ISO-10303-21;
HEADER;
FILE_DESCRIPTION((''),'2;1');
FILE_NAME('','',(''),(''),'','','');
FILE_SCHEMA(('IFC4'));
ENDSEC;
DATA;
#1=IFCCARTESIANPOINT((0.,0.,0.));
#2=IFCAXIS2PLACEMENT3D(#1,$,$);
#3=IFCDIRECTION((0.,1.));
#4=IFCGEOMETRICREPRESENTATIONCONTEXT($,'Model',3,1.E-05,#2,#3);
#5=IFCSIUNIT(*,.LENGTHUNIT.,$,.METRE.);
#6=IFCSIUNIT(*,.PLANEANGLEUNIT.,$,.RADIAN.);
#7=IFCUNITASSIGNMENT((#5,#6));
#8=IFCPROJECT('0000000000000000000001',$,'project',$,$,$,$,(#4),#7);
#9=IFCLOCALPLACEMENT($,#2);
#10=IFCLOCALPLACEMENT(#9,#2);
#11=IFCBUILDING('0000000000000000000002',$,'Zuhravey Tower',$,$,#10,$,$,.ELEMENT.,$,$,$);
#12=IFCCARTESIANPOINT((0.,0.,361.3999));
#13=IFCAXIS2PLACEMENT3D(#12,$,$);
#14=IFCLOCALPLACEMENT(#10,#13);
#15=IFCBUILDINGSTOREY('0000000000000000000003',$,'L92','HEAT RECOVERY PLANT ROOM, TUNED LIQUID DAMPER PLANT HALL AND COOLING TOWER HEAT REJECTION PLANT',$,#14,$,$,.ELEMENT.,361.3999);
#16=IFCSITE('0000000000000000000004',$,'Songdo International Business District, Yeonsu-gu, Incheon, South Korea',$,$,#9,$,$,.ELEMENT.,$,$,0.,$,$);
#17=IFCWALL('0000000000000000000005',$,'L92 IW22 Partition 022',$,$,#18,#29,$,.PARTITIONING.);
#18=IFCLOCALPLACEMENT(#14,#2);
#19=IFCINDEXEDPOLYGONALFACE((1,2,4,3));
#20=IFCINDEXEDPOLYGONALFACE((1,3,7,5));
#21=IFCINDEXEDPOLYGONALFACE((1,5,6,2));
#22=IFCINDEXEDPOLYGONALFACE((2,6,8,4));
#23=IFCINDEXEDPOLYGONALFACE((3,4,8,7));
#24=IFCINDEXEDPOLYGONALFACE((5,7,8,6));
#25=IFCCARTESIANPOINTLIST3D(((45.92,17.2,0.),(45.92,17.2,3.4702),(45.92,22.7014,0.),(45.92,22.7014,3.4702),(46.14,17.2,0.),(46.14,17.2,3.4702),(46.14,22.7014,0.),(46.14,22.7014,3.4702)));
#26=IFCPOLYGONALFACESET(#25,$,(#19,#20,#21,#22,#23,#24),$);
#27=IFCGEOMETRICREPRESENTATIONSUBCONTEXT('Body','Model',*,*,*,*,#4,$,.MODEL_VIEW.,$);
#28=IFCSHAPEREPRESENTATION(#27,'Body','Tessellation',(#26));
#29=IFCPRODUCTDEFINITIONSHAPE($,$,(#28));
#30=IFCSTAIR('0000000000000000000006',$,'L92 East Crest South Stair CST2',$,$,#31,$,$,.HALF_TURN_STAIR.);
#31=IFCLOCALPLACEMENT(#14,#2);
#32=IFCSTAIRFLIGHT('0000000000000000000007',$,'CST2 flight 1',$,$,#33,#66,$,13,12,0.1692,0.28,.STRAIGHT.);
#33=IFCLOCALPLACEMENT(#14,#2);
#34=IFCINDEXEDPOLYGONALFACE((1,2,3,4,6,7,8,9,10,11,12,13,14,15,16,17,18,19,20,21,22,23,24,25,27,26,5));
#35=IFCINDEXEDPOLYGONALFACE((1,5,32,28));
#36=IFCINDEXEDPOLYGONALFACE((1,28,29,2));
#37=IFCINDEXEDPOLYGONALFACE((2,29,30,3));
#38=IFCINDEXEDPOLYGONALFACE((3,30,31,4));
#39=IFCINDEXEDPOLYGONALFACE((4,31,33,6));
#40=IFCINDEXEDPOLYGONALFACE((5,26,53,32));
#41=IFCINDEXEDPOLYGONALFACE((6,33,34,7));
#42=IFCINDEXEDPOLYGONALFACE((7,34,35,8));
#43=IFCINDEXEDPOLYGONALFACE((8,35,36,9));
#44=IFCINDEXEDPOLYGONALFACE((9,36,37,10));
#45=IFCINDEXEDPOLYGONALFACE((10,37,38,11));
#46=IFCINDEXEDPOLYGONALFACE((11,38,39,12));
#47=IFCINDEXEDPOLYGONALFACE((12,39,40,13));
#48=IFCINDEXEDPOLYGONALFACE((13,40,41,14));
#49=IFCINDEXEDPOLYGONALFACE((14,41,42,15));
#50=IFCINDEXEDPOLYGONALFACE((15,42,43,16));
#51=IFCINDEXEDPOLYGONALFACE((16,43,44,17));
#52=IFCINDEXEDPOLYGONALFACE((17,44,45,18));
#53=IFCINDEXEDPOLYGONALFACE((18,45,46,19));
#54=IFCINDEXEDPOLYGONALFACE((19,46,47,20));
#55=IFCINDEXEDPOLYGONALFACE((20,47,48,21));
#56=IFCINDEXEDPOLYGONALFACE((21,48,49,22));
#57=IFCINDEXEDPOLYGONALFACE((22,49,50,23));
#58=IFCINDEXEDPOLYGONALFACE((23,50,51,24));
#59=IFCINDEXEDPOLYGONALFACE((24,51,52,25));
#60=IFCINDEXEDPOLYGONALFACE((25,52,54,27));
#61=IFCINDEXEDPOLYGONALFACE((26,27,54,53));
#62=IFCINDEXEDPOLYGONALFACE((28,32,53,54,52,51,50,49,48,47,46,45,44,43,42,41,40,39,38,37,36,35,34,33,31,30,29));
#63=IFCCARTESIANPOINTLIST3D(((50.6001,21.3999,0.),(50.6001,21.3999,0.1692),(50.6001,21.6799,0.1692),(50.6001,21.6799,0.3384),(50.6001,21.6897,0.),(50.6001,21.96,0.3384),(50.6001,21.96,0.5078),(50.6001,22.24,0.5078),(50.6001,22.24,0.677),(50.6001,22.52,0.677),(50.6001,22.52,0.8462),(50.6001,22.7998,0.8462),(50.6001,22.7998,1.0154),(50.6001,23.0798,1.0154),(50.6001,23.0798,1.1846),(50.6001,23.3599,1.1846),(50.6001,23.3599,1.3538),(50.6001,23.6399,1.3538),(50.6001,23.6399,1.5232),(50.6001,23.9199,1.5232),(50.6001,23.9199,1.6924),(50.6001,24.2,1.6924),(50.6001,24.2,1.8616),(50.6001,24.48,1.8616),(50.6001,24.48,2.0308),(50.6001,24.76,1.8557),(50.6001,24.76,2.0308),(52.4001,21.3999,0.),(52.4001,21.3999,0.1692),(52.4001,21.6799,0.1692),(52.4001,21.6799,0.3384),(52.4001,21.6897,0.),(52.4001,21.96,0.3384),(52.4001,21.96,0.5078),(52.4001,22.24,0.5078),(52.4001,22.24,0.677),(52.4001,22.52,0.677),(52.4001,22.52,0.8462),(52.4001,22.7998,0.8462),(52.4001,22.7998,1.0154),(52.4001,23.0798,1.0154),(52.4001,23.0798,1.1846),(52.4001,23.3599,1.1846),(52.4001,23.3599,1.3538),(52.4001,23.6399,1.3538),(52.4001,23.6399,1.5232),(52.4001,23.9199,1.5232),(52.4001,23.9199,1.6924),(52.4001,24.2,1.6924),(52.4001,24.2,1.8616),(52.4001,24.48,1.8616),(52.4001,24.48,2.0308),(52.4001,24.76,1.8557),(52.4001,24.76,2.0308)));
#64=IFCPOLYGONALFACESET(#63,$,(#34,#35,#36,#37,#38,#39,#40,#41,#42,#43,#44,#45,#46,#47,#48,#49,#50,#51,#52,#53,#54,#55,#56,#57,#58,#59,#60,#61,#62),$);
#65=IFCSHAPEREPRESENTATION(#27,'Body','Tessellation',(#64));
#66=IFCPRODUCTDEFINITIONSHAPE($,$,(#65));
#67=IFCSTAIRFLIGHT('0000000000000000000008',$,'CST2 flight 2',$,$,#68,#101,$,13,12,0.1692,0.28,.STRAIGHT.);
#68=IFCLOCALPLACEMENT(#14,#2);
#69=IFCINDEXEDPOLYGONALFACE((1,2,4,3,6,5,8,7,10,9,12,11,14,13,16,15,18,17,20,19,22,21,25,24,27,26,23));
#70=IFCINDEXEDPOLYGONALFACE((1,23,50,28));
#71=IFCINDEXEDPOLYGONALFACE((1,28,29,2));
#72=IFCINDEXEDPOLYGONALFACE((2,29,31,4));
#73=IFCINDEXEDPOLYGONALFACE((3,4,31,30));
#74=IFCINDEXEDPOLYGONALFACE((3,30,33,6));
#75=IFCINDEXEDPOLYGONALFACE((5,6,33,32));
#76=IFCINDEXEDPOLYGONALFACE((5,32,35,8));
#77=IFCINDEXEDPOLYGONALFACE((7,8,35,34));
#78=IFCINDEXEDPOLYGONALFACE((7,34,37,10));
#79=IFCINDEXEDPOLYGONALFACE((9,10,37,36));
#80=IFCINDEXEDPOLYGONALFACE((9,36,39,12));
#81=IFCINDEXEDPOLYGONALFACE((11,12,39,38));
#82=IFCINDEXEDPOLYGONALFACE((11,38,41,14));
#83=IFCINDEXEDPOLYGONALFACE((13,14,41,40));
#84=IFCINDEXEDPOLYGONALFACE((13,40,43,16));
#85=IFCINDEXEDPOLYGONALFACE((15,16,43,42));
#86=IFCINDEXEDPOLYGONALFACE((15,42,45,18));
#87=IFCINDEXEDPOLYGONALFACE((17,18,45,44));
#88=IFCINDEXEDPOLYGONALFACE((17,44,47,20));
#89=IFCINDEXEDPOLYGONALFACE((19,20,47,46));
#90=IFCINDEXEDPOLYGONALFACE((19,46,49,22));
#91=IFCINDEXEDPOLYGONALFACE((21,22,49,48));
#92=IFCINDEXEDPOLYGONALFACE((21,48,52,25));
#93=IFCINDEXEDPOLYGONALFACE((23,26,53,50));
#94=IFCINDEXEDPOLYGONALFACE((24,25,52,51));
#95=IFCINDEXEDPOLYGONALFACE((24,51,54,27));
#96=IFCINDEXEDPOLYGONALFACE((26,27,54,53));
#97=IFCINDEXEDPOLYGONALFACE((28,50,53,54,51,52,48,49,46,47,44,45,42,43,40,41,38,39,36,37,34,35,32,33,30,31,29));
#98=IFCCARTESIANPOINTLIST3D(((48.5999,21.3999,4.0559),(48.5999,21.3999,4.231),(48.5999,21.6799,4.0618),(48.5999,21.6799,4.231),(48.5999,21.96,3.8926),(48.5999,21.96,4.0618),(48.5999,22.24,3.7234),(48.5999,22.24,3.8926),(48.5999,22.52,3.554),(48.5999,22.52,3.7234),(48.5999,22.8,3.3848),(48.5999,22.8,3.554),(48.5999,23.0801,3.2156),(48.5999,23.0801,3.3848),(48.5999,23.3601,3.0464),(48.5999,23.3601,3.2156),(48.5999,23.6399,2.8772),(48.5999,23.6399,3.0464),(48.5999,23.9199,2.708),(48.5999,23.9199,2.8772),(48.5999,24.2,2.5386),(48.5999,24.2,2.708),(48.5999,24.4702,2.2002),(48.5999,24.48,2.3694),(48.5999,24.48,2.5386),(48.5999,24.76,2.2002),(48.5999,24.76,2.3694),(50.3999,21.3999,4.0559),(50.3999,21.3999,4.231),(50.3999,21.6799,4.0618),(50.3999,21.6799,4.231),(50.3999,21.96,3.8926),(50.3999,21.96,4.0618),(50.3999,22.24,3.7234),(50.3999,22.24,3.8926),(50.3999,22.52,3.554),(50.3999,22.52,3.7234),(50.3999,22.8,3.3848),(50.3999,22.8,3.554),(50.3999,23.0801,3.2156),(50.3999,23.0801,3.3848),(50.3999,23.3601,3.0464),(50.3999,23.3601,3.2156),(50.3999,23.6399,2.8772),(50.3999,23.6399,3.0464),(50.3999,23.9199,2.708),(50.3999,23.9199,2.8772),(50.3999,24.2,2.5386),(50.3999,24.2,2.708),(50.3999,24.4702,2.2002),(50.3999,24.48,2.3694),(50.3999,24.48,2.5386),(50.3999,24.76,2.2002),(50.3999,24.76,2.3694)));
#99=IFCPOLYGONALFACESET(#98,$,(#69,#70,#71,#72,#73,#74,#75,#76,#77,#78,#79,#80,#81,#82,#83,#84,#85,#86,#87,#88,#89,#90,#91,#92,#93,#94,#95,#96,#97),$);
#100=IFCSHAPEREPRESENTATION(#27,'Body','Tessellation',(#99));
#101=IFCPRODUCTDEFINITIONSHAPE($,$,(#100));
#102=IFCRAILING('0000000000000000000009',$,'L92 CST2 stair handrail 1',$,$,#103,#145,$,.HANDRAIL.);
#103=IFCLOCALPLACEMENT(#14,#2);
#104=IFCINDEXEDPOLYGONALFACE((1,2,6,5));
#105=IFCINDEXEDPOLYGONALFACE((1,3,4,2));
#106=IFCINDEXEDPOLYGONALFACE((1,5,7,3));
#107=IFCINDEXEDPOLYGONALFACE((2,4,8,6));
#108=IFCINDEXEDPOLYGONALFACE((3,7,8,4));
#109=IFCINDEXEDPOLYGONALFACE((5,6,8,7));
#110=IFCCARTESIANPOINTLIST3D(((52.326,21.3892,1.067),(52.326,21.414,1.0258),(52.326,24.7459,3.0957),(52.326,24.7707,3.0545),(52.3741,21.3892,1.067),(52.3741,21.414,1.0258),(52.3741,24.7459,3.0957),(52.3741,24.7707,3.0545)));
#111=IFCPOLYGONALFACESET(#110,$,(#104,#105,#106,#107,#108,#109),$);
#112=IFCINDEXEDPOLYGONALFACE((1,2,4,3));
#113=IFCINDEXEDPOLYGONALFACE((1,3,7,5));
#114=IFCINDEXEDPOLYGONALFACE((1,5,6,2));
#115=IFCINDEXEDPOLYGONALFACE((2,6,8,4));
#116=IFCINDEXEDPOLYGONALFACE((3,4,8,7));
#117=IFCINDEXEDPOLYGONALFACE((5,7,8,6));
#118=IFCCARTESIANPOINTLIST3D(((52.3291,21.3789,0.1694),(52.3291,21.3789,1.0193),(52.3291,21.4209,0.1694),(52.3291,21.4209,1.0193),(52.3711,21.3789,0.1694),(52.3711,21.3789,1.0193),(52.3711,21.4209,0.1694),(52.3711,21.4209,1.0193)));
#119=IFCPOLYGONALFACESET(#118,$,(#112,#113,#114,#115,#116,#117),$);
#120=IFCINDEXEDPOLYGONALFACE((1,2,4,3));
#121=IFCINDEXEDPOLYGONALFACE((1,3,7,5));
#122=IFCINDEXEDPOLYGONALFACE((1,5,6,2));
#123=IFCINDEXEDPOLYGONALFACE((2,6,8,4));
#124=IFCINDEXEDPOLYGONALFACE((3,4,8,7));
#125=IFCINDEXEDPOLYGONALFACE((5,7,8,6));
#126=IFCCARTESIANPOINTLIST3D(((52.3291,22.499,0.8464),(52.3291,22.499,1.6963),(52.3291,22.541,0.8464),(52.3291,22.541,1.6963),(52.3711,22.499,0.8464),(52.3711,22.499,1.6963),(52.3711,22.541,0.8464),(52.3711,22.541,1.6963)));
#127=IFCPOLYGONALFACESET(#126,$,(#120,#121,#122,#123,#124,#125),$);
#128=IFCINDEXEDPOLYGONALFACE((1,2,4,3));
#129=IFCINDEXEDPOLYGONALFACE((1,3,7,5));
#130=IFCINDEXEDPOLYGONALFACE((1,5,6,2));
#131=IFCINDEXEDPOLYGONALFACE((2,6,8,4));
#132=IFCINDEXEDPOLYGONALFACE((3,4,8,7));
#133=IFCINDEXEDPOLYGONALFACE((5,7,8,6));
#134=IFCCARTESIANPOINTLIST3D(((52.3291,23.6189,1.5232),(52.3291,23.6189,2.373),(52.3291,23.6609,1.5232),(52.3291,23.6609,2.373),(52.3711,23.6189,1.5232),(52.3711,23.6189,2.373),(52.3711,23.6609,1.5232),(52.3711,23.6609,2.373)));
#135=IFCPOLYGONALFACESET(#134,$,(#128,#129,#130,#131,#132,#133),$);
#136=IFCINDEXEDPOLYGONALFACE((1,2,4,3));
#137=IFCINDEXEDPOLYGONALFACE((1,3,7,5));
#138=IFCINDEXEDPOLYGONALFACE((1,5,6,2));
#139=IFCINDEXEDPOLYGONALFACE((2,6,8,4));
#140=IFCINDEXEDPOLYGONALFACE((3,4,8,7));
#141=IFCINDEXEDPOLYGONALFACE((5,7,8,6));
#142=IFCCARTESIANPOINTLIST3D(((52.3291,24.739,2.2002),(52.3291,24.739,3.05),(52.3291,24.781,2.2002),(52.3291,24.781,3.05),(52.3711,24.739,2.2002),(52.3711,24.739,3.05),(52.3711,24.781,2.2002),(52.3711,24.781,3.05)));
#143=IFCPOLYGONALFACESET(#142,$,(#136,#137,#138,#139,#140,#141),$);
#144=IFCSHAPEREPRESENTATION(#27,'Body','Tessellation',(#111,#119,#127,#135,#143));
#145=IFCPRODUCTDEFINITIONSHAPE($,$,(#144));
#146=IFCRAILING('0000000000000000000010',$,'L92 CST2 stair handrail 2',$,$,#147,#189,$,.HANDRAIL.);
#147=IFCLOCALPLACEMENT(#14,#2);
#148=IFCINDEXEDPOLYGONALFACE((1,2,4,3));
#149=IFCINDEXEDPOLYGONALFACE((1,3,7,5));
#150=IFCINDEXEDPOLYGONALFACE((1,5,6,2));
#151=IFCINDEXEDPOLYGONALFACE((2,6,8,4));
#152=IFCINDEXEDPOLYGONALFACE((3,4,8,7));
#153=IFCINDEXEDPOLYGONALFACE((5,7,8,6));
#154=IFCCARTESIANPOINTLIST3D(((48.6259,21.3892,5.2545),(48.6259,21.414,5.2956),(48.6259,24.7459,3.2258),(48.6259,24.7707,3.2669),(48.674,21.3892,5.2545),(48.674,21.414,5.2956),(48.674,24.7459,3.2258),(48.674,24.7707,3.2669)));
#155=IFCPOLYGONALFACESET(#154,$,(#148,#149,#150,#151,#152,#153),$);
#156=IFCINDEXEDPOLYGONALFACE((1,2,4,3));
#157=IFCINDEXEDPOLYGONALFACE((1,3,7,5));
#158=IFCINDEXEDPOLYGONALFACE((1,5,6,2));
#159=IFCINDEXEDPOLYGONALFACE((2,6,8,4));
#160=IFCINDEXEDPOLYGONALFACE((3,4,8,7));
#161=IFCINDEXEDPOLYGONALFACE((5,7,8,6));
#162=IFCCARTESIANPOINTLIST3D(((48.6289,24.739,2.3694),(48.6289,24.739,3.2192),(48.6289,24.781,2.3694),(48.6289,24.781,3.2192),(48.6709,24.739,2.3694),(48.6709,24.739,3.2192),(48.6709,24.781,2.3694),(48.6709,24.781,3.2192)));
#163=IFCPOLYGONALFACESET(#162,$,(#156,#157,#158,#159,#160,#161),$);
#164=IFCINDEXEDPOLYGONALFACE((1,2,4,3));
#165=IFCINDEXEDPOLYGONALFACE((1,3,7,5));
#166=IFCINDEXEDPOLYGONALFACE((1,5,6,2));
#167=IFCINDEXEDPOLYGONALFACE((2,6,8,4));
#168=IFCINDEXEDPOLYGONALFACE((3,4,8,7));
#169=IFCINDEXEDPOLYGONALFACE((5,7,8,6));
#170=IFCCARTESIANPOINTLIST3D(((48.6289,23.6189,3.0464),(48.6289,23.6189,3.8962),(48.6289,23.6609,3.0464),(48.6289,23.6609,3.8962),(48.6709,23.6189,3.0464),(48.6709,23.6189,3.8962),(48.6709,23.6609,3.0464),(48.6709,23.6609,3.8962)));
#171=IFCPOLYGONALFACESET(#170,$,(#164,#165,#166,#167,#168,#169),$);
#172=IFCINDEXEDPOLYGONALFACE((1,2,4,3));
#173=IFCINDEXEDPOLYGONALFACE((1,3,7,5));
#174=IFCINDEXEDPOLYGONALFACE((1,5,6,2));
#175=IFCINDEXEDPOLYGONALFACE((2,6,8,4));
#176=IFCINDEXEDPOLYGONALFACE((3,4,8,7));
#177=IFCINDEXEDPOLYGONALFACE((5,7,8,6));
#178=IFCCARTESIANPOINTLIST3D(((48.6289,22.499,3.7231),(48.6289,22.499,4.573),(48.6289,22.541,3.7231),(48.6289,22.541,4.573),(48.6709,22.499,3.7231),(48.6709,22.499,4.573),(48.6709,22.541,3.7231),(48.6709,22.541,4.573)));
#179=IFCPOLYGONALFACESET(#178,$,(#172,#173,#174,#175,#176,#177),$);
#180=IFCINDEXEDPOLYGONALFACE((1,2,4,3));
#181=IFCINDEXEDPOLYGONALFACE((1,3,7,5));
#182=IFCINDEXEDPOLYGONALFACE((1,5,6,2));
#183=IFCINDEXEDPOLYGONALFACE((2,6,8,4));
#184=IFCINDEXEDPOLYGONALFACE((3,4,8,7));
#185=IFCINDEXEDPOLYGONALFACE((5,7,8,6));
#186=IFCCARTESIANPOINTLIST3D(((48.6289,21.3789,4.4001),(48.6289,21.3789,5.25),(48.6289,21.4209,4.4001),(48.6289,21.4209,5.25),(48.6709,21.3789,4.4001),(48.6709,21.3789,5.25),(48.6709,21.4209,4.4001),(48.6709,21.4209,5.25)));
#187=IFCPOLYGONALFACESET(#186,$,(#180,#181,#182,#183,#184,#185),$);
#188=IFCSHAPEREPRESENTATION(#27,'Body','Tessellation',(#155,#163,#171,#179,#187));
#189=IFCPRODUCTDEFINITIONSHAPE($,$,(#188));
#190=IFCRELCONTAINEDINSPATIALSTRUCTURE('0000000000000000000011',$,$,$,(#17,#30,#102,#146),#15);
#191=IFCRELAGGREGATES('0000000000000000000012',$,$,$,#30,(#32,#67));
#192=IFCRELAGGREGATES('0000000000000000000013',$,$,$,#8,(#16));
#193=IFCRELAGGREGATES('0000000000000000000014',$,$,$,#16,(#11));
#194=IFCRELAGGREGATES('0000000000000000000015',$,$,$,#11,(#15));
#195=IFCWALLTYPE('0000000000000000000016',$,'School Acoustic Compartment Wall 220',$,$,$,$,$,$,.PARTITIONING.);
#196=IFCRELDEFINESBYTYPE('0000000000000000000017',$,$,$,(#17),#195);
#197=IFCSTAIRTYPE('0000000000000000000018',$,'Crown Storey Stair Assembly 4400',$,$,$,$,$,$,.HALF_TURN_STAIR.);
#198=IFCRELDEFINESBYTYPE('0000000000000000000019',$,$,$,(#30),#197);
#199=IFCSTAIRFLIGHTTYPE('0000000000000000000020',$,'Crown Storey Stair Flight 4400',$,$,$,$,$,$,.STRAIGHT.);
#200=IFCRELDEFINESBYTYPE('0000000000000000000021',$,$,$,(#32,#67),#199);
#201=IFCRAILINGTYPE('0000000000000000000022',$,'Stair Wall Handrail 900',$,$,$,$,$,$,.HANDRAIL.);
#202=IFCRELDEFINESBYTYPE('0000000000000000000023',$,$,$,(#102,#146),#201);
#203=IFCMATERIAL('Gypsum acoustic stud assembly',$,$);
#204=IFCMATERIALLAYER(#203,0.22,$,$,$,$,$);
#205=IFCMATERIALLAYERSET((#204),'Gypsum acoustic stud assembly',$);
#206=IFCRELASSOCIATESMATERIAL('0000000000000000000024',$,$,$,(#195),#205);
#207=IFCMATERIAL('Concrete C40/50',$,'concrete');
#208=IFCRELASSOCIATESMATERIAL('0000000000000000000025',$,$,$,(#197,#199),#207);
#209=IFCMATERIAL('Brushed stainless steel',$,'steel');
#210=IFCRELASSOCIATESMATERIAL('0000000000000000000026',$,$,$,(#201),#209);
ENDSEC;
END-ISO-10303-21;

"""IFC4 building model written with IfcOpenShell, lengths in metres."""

from ifc_helpers import new_model, si_unit, direction, frame, frame_2d, origin, origin_2d, place, context, subcontext, project, spatial, polyline, rectangle, outline, extrude, material, layer, layer_set, type_object, element, aggregate, save


model = new_model("IFC4")

# Units and contexts
model_context = context("Model", 3, precision=1e-05, world=origin(), true_north=direction((0.0, 1.0)))
body_context = subcontext(model_context, "Body", "Model", "MODEL_VIEW")
ifc_project = project(units=[si_unit("LENGTHUNIT", "METRE"), si_unit("PLANEANGLEUNIT", "RADIAN")], contexts=[model_context])

# Site, building, storey
site_placement = place(None, origin())
site = spatial("IfcSite", under=ifc_project, at=site_placement, Name="Songdo International Business District, Yeonsu-gu, Incheon, South Korea", CompositionType="ELEMENT", RefElevation=0.0)
building_placement = place(site_placement, origin())
building = spatial("IfcBuilding", under=site, at=building_placement, Name="Zuhravey Tower", CompositionType="ELEMENT")
storey_placement = place(building_placement, frame((0.0, 0.0, 361.3999)))
storey = spatial("IfcBuildingStorey", under=building, at=storey_placement, Name="L92", Description="HEAT RECOVERY PLANT ROOM, TUNED LIQUID DAMPER PLANT HALL AND COOLING TOWER HEAT REJECTION PLANT", CompositionType="ELEMENT", Elevation=361.3999)

# Shared definitions
ifc_material_1 = material(Name="Brushed stainless steel", Category="steel")

# Wall
ifc_material_2 = material(Name="Gypsum acoustic stud assembly")
ifc_layer_1 = layer(ifc_material_2, 0.22)
ifc_layer_set_1 = layer_set([ifc_layer_1], Name="Gypsum acoustic stud assembly")
wall_type_1 = type_object("IfcWallType", Name="School Acoustic Compartment Wall 220", PredefinedType="PARTITIONING", material=ifc_layer_set_1)
wall_1_placement = place(storey_placement, frame((46.03, 22.7014, 0.0), z_axis=(0.0, 0.0, 1.0), x_axis=(0.0, -1.0, 0.0)))
element("IfcWall", 1, at=wall_1_placement, inside=storey, type_object=wall_type_1, Name="L92 IW22 Partition 022", PredefinedType="PARTITIONING", context=body_context, shape_type="SweptSolid", body=[
    extrude(rectangle(XDim=5.5015, YDim=0.22, at=frame_2d((2.7507, 0.0))), origin(), (0.0, 0.0, 1.0), 3.4702),
])

# Stair, stair flights
ifc_material_3 = material(Name="Concrete C40/50", Category="concrete")
stair_type = type_object("IfcStairType", Name="Crown Storey Stair Assembly 4400", PredefinedType="HALF_TURN_STAIR", material=ifc_material_3)
stair_placement = place(storey_placement, origin())
stair = element("IfcStair", 2, at=stair_placement, inside=storey, type_object=stair_type, Name="L92 East Crest South Stair CST2", PredefinedType="HALF_TURN_STAIR")
stair_flight_type = type_object("IfcStairFlightType", Name="Crown Storey Stair Flight 4400", PredefinedType="STRAIGHT", material=ifc_material_3)
stair_flight_1_placement = place(storey_placement, frame((51.5, 21.3999, 0.0), z_axis=(0.0, 0.0, 1.0), x_axis=(0.0, 1.0, 0.0)))
stair_flight_1 = element("IfcStairFlight", 3, at=stair_flight_1_placement, type_object=stair_flight_type, Name="CST2 flight 1", NumberOfRisers=13, NumberOfTreads=12, PredefinedType="STRAIGHT", RiserHeight=0.1692, TreadLength=0.28, context=body_context, shape_type="SweptSolid", body=[
    extrude(outline(polyline([(0.0, 0.0), (0.0, 0.1692), (0.28, 0.1692), (0.28, 0.3384), (0.5601, 0.3384), (0.5601, 0.5078), (0.8401, 0.5078), (0.8401, 0.677), (1.1201, 0.677), (1.1201, 0.8462), (1.3999, 0.8462), (1.3999, 1.0154), (1.6799, 1.0154), (1.6799, 1.1846), (1.96, 1.1846), (1.96, 1.3538), (2.24, 1.3538), (2.24, 1.5232), (2.52, 1.5232), (2.52, 1.6924), (2.8, 1.6924), (2.8, 1.8616), (3.0801, 1.8616), (3.0801, 2.0308), (3.3601, 2.0308), (3.3601, 2.2), (3.3601, 1.8557), (0.2898, 0.0), (0.0, 0.0)])), frame((0.0, 0.8999, 0.0), z_axis=(0.0, -1.0, 0.0), x_axis=(1.0, 0.0, 0.0)), (0.0, 0.0, 1.0), 1.8),
])
stair_flight_2_placement = place(storey_placement, frame((49.5, 24.76, 2.2002), z_axis=(0.0, 0.0, 1.0), x_axis=(0.0, -1.0, 0.0)))
stair_flight_2 = element("IfcStairFlight", 4, at=stair_flight_2_placement, type_object=stair_flight_type, Name="CST2 flight 2", NumberOfRisers=13, NumberOfTreads=12, PredefinedType="STRAIGHT", RiserHeight=0.1692, TreadLength=0.28, context=body_context, shape_type="SweptSolid", body=[
    extrude(outline(polyline([(0.0, 0.0), (0.0, 0.1692), (0.28, 0.1692), (0.28, 0.3384), (0.5601, 0.3384), (0.5601, 0.5078), (0.8401, 0.5078), (0.8401, 0.677), (1.1201, 0.677), (1.1201, 0.8462), (1.3999, 0.8462), (1.3999, 1.0154), (1.6799, 1.0154), (1.6799, 1.1846), (1.96, 1.1846), (1.96, 1.3538), (2.24, 1.3538), (2.24, 1.5232), (2.52, 1.5232), (2.52, 1.6924), (2.8, 1.6924), (2.8, 1.8616), (3.0801, 1.8616), (3.0801, 2.0308), (3.3601, 2.0308), (3.3601, 2.2), (3.3601, 1.8557), (0.2898, 0.0), (0.0, 0.0)])), frame((0.0, 0.8999, 0.0), z_axis=(0.0, -1.0, 0.0), x_axis=(1.0, 0.0, 0.0)), (0.0, 0.0, 1.0), 1.8),
])
aggregate(stair, [stair_flight_1, stair_flight_2])

# Railings
railing_type_1 = type_object("IfcRailingType", Name="Stair Wall Handrail 900", PredefinedType="HANDRAIL", material=ifc_material_1)
railing_1_placement = place(storey_placement, frame((52.3501, 21.3999, 0.1694)))
element("IfcRailing", 5, at=railing_1_placement, inside=storey, type_object=railing_type_1, Name="L92 CST2 stair handrail 1", PredefinedType="HANDRAIL", context=body_context, shape_type="SweptSolid", body=[
    extrude(rectangle(XDim=0.0481, YDim=0.0481, at=origin_2d()), frame((0.0, 0.0017, 0.877), z_axis=(0.0, 0.855837, 0.517246), x_axis=(-1.0, 0.0, 0.0)), (0.0, 0.0, 1.0), 3.9221),
    extrude(rectangle(XDim=0.042, YDim=0.042, at=origin_2d()), origin(), (0.0, 0.0, 1.0), 0.8499),
    extrude(rectangle(XDim=0.042, YDim=0.042, at=origin_2d()), frame((0.0, 1.1201, 0.677)), (0.0, 0.0, 1.0), 0.8499),
    extrude(rectangle(XDim=0.042, YDim=0.042, at=origin_2d()), frame((0.0, 2.24, 1.3538)), (0.0, 0.0, 1.0), 0.8499),
    extrude(rectangle(XDim=0.042, YDim=0.042, at=origin_2d()), frame((0.0, 3.3601, 2.0308)), (0.0, 0.0, 1.0), 0.8499),
])
railing_2_placement = place(storey_placement, frame((48.6499, 24.76, 2.3694)))
element("IfcRailing", 6, at=railing_2_placement, inside=storey, type_object=railing_type_1, Name="L92 CST2 stair handrail 2", PredefinedType="HANDRAIL", context=body_context, shape_type="SweptSolid", body=[
    extrude(rectangle(XDim=0.0481, YDim=0.0481, at=origin_2d()), frame((0.0, -0.0017, 0.877), z_axis=(0.0, -0.855837, 0.517246), x_axis=(1.0, 0.0, 0.0)), (0.0, 0.0, 1.0), 3.9221),
    extrude(rectangle(XDim=0.042, YDim=0.042, at=origin_2d()), origin(), (0.0, 0.0, 1.0), 0.8499),
    extrude(rectangle(XDim=0.042, YDim=0.042, at=origin_2d()), frame((0.0, -1.1201, 0.677)), (0.0, 0.0, 1.0), 0.8499),
    extrude(rectangle(XDim=0.042, YDim=0.042, at=origin_2d()), frame((0.0, -2.24, 1.3538)), (0.0, 0.0, 1.0), 0.8499),
    extrude(rectangle(XDim=0.042, YDim=0.042, at=origin_2d()), frame((0.0, -3.3601, 2.0308)), (0.0, 0.0, 1.0), 0.8499),
])

save(model, "model.ifc")
